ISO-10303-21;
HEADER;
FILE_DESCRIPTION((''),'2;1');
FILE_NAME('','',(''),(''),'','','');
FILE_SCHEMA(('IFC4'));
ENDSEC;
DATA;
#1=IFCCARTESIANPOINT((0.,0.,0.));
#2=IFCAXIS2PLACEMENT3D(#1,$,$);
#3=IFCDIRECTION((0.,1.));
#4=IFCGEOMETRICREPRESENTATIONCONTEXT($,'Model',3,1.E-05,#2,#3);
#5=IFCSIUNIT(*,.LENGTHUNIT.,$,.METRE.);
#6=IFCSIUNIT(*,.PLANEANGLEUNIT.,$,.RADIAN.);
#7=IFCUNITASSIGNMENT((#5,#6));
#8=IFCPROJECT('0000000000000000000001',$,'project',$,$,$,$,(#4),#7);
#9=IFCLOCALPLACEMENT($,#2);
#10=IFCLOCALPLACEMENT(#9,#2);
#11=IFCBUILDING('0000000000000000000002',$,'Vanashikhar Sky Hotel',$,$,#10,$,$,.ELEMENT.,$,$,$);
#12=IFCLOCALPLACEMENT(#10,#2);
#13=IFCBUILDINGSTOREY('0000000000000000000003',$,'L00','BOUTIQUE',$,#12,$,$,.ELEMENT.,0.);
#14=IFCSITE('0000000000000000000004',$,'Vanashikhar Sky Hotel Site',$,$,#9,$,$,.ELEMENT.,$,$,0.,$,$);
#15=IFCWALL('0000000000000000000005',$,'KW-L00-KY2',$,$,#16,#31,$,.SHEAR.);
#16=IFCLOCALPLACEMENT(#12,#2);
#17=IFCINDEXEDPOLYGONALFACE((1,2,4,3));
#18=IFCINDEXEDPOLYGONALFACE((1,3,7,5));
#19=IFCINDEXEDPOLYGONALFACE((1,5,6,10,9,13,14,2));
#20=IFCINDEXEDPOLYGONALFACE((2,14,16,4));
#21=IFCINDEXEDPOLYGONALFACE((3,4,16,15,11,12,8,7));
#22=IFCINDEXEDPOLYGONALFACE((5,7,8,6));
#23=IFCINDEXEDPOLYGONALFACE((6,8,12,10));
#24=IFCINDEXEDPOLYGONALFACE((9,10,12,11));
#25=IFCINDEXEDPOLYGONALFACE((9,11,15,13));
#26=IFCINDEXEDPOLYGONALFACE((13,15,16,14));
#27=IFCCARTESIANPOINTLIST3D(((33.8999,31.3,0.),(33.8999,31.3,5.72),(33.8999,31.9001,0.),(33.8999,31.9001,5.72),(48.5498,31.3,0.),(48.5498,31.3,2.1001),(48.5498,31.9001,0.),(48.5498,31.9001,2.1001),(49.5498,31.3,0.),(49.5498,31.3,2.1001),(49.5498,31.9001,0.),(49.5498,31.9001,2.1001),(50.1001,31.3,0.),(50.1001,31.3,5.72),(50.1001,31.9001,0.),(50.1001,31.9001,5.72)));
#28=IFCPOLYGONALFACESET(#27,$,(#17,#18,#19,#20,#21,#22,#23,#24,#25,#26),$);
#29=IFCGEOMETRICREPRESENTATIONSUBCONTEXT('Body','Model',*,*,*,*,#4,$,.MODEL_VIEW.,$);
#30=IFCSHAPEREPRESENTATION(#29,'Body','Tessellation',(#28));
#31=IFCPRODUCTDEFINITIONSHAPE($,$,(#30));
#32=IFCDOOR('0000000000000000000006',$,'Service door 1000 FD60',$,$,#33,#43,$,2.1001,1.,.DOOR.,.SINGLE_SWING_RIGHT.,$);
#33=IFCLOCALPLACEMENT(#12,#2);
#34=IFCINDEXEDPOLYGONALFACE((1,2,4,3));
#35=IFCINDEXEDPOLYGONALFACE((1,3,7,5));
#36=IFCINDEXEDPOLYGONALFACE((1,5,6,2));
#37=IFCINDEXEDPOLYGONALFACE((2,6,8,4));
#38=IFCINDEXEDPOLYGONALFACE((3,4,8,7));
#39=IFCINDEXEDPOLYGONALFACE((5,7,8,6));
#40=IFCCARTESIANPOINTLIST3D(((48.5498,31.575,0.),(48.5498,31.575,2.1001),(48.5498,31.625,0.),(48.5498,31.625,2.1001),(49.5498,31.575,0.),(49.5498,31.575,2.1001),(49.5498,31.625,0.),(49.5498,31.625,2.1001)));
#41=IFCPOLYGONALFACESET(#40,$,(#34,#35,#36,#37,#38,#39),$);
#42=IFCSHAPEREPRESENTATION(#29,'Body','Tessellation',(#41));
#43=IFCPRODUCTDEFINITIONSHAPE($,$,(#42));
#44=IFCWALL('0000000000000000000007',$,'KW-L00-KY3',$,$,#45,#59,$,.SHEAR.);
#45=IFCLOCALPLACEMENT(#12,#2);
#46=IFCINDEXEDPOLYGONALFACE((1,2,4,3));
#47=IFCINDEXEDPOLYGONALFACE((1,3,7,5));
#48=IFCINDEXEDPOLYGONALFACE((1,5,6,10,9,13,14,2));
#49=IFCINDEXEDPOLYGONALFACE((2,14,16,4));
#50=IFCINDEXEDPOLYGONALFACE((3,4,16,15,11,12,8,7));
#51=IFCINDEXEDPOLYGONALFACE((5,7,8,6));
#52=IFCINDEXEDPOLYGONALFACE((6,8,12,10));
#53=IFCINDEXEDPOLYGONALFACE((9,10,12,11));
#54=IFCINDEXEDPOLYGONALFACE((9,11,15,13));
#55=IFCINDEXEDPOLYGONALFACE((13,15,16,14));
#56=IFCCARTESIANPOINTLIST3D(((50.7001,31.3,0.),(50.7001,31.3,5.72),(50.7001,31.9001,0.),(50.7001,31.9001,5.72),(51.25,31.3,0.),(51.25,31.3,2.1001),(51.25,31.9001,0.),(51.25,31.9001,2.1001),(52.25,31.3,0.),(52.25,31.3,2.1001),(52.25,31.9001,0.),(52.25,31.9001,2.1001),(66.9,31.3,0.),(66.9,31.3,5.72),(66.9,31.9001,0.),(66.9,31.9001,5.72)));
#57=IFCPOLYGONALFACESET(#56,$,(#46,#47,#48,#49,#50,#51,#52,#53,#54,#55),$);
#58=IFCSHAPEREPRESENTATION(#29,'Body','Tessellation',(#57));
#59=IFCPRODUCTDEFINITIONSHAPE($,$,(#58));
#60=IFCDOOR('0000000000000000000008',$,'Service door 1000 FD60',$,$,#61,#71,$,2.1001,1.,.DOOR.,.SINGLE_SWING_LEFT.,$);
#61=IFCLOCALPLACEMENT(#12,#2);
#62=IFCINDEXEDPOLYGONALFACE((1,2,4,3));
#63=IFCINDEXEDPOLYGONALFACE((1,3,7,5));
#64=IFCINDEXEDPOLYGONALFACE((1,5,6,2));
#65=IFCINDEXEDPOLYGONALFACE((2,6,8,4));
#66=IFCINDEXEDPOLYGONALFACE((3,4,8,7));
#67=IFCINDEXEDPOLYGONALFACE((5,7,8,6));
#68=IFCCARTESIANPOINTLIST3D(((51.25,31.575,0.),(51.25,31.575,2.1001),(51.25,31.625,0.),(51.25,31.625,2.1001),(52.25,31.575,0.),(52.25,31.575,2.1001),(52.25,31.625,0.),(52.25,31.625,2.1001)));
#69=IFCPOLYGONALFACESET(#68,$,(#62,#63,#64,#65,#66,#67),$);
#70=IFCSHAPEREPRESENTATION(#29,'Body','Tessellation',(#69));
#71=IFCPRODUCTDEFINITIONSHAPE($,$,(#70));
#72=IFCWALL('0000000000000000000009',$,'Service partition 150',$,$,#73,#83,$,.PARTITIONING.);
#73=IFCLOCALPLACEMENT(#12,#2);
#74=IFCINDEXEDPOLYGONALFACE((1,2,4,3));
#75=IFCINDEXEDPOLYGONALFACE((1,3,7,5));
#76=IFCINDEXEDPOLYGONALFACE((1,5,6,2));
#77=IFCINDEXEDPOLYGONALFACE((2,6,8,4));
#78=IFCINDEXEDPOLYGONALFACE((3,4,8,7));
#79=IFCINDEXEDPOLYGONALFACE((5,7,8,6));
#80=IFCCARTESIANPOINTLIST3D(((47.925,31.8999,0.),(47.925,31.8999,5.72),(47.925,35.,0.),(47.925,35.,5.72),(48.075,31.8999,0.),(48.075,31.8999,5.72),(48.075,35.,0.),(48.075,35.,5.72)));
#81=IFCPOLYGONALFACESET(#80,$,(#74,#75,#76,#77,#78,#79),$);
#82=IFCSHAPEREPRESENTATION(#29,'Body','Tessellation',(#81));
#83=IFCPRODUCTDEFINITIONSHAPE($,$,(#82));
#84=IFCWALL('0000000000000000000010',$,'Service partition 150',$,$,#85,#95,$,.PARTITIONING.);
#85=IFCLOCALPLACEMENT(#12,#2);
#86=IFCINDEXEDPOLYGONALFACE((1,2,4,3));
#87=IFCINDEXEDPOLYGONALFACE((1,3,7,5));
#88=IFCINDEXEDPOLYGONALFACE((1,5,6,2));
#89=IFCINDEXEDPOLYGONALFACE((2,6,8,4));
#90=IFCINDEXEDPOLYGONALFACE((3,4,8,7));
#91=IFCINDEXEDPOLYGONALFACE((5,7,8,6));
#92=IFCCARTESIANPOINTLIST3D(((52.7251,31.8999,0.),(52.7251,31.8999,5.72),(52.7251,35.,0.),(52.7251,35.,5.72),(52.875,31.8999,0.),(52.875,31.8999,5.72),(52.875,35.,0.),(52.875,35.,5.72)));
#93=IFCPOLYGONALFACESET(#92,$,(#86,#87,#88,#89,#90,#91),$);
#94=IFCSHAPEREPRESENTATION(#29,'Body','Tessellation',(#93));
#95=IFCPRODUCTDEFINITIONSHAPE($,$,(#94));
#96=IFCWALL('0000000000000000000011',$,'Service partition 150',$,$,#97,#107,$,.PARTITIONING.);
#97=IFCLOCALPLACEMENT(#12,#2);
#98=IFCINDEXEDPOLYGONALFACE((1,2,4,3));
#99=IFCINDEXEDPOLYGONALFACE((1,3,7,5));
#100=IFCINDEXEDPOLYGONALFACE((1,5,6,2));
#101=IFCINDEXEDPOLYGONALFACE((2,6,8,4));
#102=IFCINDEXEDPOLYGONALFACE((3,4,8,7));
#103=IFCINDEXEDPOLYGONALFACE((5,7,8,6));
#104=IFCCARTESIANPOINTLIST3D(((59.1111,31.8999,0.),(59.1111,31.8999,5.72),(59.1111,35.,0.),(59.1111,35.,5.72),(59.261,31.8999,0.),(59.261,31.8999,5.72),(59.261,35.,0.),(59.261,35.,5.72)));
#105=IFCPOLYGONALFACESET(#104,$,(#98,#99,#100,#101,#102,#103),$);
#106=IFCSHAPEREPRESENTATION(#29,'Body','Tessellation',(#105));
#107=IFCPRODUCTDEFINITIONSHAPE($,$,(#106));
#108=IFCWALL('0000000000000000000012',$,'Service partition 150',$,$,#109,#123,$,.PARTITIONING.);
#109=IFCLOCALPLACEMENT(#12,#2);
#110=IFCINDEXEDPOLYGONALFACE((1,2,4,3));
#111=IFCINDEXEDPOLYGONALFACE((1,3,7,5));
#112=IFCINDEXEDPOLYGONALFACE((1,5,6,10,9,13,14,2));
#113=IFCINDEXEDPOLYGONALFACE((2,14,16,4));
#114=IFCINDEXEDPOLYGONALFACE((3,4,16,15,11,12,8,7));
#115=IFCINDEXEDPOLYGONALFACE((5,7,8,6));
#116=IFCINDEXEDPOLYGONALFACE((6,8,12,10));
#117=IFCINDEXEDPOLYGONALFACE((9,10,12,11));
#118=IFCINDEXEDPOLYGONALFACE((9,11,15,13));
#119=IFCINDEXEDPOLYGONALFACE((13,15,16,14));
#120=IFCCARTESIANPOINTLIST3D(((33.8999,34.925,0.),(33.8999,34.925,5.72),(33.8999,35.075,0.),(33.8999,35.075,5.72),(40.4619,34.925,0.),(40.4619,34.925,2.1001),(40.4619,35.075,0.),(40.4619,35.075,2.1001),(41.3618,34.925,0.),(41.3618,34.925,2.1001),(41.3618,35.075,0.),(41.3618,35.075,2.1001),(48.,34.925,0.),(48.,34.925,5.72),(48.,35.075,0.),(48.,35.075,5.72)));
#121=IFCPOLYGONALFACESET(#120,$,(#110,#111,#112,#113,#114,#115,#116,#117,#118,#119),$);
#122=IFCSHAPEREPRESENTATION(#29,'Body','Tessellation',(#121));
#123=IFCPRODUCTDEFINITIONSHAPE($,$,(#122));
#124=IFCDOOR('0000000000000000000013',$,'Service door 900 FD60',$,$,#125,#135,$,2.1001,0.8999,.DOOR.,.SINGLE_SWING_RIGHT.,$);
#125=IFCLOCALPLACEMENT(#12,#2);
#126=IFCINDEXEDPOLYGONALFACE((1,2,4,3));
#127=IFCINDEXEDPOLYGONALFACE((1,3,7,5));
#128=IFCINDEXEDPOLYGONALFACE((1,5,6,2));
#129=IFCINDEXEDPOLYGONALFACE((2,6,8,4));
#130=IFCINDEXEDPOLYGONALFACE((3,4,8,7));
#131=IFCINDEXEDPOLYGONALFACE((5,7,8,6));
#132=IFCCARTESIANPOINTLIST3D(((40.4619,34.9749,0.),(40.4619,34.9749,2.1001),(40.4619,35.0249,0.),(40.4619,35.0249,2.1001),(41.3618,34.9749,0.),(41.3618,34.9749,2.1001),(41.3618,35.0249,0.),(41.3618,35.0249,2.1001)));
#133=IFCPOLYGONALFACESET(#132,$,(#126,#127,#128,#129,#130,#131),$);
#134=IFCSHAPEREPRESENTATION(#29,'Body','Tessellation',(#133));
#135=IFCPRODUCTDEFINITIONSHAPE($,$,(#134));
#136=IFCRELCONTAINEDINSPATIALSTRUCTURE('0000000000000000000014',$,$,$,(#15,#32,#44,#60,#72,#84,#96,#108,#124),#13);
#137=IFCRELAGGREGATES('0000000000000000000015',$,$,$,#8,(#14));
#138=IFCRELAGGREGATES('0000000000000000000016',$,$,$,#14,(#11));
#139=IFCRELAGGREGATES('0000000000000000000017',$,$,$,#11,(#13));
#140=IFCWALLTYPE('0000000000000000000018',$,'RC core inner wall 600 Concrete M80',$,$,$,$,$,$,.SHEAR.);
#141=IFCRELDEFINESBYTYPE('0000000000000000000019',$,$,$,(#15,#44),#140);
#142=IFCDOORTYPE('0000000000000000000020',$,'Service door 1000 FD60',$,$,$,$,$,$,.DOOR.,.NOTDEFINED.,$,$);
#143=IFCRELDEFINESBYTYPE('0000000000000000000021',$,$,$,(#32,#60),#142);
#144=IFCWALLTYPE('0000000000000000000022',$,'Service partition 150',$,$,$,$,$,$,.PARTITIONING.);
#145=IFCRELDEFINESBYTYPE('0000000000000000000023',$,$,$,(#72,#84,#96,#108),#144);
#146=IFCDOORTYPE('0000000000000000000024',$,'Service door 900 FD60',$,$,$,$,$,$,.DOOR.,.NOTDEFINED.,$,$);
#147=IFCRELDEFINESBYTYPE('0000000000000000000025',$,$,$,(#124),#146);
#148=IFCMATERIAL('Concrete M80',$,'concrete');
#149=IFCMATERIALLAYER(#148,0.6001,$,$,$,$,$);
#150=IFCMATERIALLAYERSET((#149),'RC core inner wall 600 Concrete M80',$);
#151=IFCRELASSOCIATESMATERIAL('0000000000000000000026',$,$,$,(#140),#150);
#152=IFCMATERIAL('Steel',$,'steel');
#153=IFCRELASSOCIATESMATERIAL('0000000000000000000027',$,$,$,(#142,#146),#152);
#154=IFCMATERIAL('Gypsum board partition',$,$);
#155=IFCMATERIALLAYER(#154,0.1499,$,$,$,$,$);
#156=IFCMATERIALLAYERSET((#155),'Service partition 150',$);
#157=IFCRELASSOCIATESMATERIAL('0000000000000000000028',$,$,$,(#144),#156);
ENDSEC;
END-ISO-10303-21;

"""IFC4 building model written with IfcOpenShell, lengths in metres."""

from ifc_helpers import new_model, si_unit, direction, frame, frame_2d, origin, place, context, subcontext, project, spatial, rectangle, extrude, source, transform, mapped, material, layer, layer_set, type_object, element, fill, save


model = new_model("IFC4")

# Units and contexts
model_context = context("Model", 3, precision=1e-05, world=origin(), true_north=direction((0.0, 1.0)))
body_context = subcontext(model_context, "Body", "Model", "MODEL_VIEW")
ifc_project = project(units=[si_unit("LENGTHUNIT", "METRE"), si_unit("PLANEANGLEUNIT", "RADIAN")], contexts=[model_context])

# Site, building, storey
site_placement = place(None, origin())
site = spatial("IfcSite", under=ifc_project, at=site_placement, Name="Vanashikhar Sky Hotel Site", CompositionType="ELEMENT", RefElevation=0.0)
building_placement = place(site_placement, origin())
building = spatial("IfcBuilding", under=site, at=building_placement, Name="Vanashikhar Sky Hotel", CompositionType="ELEMENT")
storey_placement = place(building_placement, origin())
storey = spatial("IfcBuildingStorey", under=building, at=storey_placement, Name="L00", Description="BOUTIQUE", CompositionType="ELEMENT", Elevation=0.0)

# Walls, openings, doors
ifc_material_1 = material(Name="Concrete M80", Category="concrete")
ifc_layer_1 = layer(ifc_material_1, 0.6001)
ifc_layer_set_1 = layer_set([ifc_layer_1], Name="RC core inner wall 600 Concrete M80")
wall_type_1 = type_object("IfcWallType", Name="RC core inner wall 600 Concrete M80", PredefinedType="SHEAR", material=ifc_layer_set_1)
shared_shape_1 = source(origin(), body_context, "Body", "SweptSolid", [
    extrude(rectangle(XDim=16.2002, YDim=0.6001, at=frame_2d((8.1001, 0.0))), origin(), (0.0, 0.0, 1.0), 5.72),
])
wall_1_placement = place(storey_placement, frame((33.8999, 31.6001, 0.0), z_axis=(0.0, 0.0, 1.0), x_axis=(1.0, 0.0, 0.0)))
wall_1 = element("IfcWall", 1, at=wall_1_placement, inside=storey, type_object=wall_type_1, Name="KW-L00-KY2", PredefinedType="SHEAR", context=body_context, shape_type="MappedRepresentation", body=[
    mapped(shared_shape_1, transform((0.0, 0.0, 0.0), scale=1.0)),
])
shared_shape_2 = source(origin(), body_context, "Body", "SweptSolid", [
    extrude(rectangle(XDim=1.0, YDim=2.1001, at=frame_2d((0.5, 1.05))), frame((0.0, 0.3101, 0.0), z_axis=(0.0, -1.0, 0.0), x_axis=(1.0, 0.0, 0.0)), (0.0, 0.0, 1.0), 0.6201),
])
opening_1_placement = place(wall_1_placement, frame((14.6499, 0.0, 0.0)))
opening_1 = element("IfcOpeningElement", 2, at=opening_1_placement, cuts=wall_1, PredefinedType="OPENING", context=body_context, shape_type="MappedRepresentation", body=[
    mapped(shared_shape_2, transform((0.0, 0.0, 0.0), scale=1.0)),
])
ifc_material_2 = material(Name="Steel", Category="steel")
door_type_1 = type_object("IfcDoorType", Name="Service door 1000 FD60", OperationType="NOTDEFINED", PredefinedType="DOOR", material=ifc_material_2)
shared_shape_3 = source(origin(), body_context, "Body", "SweptSolid", [
    extrude(rectangle(XDim=1.0, YDim=2.1001, at=frame_2d((0.5, 1.05))), frame((0.0, 0.0249, 0.0), z_axis=(0.0, -1.0, 0.0), x_axis=(1.0, 0.0, 0.0)), (0.0, 0.0, 1.0), 0.05),
])
door_1_placement = place(opening_1_placement, origin())
door_1 = element("IfcDoor", 3, at=door_1_placement, inside=storey, type_object=door_type_1, Name="Service door 1000 FD60", OperationType="SINGLE_SWING_RIGHT", OverallHeight=2.1001, OverallWidth=1.0, PredefinedType="DOOR", context=body_context, shape_type="MappedRepresentation", body=[
    mapped(shared_shape_3, transform((0.0, 0.0, 0.0), scale=1.0)),
])
fill(opening_1, door_1)
shared_shape_4 = source(origin(), body_context, "Body", "SweptSolid", [
    extrude(rectangle(XDim=16.2, YDim=0.6001, at=frame_2d((8.1001, 0.0))), origin(), (0.0, 0.0, 1.0), 5.72),
])
wall_2_placement = place(storey_placement, frame((50.7, 31.6001, 0.0), z_axis=(0.0, 0.0, 1.0), x_axis=(1.0, 0.0, 0.0)))
wall_2 = element("IfcWall", 4, at=wall_2_placement, inside=storey, type_object=wall_type_1, Name="KW-L00-KY3", PredefinedType="SHEAR", context=body_context, shape_type="MappedRepresentation", body=[
    mapped(shared_shape_4, transform((0.0, 0.0, 0.0), scale=1.0)),
])
opening_2_placement = place(wall_2_placement, frame((0.55, 0.0, 0.0)))
opening_2 = element("IfcOpeningElement", 5, at=opening_2_placement, cuts=wall_2, PredefinedType="OPENING", context=body_context, shape_type="MappedRepresentation", body=[
    mapped(shared_shape_2, transform((0.0, 0.0, 0.0), scale=1.0)),
])
door_2_placement = place(opening_2_placement, origin())
door_2 = element("IfcDoor", 6, at=door_2_placement, inside=storey, type_object=door_type_1, Name="Service door 1000 FD60", OperationType="SINGLE_SWING_LEFT", OverallHeight=2.1001, OverallWidth=1.0, PredefinedType="DOOR", context=body_context, shape_type="MappedRepresentation", body=[
    mapped(shared_shape_3, transform((0.0, 0.0, 0.0), scale=1.0)),
])
fill(opening_2, door_2)

# Walls
ifc_material_3 = material(Name="Gypsum board partition")
ifc_layer_2 = layer(ifc_material_3, 0.1499)
ifc_layer_set_2 = layer_set([ifc_layer_2], Name="Service partition 150")
wall_type_2 = type_object("IfcWallType", Name="Service partition 150", PredefinedType="PARTITIONING", material=ifc_layer_set_2)
shared_shape_5 = source(origin(), body_context, "Body", "SweptSolid", [
    extrude(rectangle(XDim=3.1001, YDim=0.1499, at=frame_2d((1.55, 0.0))), origin(), (0.0, 0.0, 1.0), 5.72),
])
for number, where, z_axis, x_axis, name in (
    (7, (48.0, 31.8999, 0.0), (0.0, 0.0, 1.0), (0.0, 1.0, 0.0), "Service partition 150"),
    (8, (52.8, 31.8999, 0.0), (0.0, 0.0, 1.0), (0.0, 1.0, 0.0), "Service partition 150"),
    (9, (59.186, 31.8999, 0.0), (0.0, 0.0, 1.0), (0.0, 1.0, 0.0), "Service partition 150"),
):
    element("IfcWall", number, at=place(storey_placement, frame(where, z_axis=z_axis, x_axis=x_axis)), inside=storey, type_object=wall_type_2, Name=name, PredefinedType="PARTITIONING", context=body_context, shape_type="MappedRepresentation", body=[
        mapped(shared_shape_5, transform((0.0, 0.0, 0.0), scale=1.0)),
    ])

# Wall, opening, door
shared_shape_6 = source(origin(), body_context, "Body", "SweptSolid", [
    extrude(rectangle(XDim=14.1001, YDim=0.1499, at=frame_2d((7.05, 0.0))), origin(), (0.0, 0.0, 1.0), 5.72),
])
wall_3_placement = place(storey_placement, frame((33.8999, 35.0, 0.0), z_axis=(0.0, 0.0, 1.0), x_axis=(1.0, 0.0, 0.0)))
wall_3 = element("IfcWall", 10, at=wall_3_placement, inside=storey, type_object=wall_type_2, Name="Service partition 150", PredefinedType="PARTITIONING", context=body_context, shape_type="MappedRepresentation", body=[
    mapped(shared_shape_6, transform((0.0, 0.0, 0.0), scale=1.0)),
])
shared_shape_7 = source(origin(), body_context, "Body", "SweptSolid", [
    extrude(rectangle(XDim=0.8999, YDim=2.1001, at=frame_2d((0.45, 1.05))), frame((0.0, 0.085, 0.0), z_axis=(0.0, -1.0, 0.0), x_axis=(1.0, 0.0, 0.0)), (0.0, 0.0, 1.0), 0.1699),
])
opening_3_placement = place(wall_3_placement, frame((6.562, 0.0, 0.0)))
opening_3 = element("IfcOpeningElement", 11, at=opening_3_placement, cuts=wall_3, PredefinedType="OPENING", context=body_context, shape_type="MappedRepresentation", body=[
    mapped(shared_shape_7, transform((0.0, 0.0, 0.0), scale=1.0)),
])
door_type_2 = type_object("IfcDoorType", Name="Service door 900 FD60", OperationType="NOTDEFINED", PredefinedType="DOOR", material=ifc_material_2)
shared_shape_8 = source(origin(), body_context, "Body", "SweptSolid", [
    extrude(rectangle(XDim=0.8999, YDim=2.1001, at=frame_2d((0.45, 1.05))), frame((0.0, 0.0249, 0.0), z_axis=(0.0, -1.0, 0.0), x_axis=(1.0, 0.0, 0.0)), (0.0, 0.0, 1.0), 0.05),
])
door_3_placement = place(opening_3_placement, origin())
door_3 = element("IfcDoor", 12, at=door_3_placement, inside=storey, type_object=door_type_2, Name="Service door 900 FD60", OperationType="SINGLE_SWING_RIGHT", OverallHeight=2.1001, OverallWidth=0.8999, PredefinedType="DOOR", context=body_context, shape_type="MappedRepresentation", body=[
    mapped(shared_shape_8, transform((0.0, 0.0, 0.0), scale=1.0)),
])
fill(opening_3, door_3)

save(model, "model.ifc")
